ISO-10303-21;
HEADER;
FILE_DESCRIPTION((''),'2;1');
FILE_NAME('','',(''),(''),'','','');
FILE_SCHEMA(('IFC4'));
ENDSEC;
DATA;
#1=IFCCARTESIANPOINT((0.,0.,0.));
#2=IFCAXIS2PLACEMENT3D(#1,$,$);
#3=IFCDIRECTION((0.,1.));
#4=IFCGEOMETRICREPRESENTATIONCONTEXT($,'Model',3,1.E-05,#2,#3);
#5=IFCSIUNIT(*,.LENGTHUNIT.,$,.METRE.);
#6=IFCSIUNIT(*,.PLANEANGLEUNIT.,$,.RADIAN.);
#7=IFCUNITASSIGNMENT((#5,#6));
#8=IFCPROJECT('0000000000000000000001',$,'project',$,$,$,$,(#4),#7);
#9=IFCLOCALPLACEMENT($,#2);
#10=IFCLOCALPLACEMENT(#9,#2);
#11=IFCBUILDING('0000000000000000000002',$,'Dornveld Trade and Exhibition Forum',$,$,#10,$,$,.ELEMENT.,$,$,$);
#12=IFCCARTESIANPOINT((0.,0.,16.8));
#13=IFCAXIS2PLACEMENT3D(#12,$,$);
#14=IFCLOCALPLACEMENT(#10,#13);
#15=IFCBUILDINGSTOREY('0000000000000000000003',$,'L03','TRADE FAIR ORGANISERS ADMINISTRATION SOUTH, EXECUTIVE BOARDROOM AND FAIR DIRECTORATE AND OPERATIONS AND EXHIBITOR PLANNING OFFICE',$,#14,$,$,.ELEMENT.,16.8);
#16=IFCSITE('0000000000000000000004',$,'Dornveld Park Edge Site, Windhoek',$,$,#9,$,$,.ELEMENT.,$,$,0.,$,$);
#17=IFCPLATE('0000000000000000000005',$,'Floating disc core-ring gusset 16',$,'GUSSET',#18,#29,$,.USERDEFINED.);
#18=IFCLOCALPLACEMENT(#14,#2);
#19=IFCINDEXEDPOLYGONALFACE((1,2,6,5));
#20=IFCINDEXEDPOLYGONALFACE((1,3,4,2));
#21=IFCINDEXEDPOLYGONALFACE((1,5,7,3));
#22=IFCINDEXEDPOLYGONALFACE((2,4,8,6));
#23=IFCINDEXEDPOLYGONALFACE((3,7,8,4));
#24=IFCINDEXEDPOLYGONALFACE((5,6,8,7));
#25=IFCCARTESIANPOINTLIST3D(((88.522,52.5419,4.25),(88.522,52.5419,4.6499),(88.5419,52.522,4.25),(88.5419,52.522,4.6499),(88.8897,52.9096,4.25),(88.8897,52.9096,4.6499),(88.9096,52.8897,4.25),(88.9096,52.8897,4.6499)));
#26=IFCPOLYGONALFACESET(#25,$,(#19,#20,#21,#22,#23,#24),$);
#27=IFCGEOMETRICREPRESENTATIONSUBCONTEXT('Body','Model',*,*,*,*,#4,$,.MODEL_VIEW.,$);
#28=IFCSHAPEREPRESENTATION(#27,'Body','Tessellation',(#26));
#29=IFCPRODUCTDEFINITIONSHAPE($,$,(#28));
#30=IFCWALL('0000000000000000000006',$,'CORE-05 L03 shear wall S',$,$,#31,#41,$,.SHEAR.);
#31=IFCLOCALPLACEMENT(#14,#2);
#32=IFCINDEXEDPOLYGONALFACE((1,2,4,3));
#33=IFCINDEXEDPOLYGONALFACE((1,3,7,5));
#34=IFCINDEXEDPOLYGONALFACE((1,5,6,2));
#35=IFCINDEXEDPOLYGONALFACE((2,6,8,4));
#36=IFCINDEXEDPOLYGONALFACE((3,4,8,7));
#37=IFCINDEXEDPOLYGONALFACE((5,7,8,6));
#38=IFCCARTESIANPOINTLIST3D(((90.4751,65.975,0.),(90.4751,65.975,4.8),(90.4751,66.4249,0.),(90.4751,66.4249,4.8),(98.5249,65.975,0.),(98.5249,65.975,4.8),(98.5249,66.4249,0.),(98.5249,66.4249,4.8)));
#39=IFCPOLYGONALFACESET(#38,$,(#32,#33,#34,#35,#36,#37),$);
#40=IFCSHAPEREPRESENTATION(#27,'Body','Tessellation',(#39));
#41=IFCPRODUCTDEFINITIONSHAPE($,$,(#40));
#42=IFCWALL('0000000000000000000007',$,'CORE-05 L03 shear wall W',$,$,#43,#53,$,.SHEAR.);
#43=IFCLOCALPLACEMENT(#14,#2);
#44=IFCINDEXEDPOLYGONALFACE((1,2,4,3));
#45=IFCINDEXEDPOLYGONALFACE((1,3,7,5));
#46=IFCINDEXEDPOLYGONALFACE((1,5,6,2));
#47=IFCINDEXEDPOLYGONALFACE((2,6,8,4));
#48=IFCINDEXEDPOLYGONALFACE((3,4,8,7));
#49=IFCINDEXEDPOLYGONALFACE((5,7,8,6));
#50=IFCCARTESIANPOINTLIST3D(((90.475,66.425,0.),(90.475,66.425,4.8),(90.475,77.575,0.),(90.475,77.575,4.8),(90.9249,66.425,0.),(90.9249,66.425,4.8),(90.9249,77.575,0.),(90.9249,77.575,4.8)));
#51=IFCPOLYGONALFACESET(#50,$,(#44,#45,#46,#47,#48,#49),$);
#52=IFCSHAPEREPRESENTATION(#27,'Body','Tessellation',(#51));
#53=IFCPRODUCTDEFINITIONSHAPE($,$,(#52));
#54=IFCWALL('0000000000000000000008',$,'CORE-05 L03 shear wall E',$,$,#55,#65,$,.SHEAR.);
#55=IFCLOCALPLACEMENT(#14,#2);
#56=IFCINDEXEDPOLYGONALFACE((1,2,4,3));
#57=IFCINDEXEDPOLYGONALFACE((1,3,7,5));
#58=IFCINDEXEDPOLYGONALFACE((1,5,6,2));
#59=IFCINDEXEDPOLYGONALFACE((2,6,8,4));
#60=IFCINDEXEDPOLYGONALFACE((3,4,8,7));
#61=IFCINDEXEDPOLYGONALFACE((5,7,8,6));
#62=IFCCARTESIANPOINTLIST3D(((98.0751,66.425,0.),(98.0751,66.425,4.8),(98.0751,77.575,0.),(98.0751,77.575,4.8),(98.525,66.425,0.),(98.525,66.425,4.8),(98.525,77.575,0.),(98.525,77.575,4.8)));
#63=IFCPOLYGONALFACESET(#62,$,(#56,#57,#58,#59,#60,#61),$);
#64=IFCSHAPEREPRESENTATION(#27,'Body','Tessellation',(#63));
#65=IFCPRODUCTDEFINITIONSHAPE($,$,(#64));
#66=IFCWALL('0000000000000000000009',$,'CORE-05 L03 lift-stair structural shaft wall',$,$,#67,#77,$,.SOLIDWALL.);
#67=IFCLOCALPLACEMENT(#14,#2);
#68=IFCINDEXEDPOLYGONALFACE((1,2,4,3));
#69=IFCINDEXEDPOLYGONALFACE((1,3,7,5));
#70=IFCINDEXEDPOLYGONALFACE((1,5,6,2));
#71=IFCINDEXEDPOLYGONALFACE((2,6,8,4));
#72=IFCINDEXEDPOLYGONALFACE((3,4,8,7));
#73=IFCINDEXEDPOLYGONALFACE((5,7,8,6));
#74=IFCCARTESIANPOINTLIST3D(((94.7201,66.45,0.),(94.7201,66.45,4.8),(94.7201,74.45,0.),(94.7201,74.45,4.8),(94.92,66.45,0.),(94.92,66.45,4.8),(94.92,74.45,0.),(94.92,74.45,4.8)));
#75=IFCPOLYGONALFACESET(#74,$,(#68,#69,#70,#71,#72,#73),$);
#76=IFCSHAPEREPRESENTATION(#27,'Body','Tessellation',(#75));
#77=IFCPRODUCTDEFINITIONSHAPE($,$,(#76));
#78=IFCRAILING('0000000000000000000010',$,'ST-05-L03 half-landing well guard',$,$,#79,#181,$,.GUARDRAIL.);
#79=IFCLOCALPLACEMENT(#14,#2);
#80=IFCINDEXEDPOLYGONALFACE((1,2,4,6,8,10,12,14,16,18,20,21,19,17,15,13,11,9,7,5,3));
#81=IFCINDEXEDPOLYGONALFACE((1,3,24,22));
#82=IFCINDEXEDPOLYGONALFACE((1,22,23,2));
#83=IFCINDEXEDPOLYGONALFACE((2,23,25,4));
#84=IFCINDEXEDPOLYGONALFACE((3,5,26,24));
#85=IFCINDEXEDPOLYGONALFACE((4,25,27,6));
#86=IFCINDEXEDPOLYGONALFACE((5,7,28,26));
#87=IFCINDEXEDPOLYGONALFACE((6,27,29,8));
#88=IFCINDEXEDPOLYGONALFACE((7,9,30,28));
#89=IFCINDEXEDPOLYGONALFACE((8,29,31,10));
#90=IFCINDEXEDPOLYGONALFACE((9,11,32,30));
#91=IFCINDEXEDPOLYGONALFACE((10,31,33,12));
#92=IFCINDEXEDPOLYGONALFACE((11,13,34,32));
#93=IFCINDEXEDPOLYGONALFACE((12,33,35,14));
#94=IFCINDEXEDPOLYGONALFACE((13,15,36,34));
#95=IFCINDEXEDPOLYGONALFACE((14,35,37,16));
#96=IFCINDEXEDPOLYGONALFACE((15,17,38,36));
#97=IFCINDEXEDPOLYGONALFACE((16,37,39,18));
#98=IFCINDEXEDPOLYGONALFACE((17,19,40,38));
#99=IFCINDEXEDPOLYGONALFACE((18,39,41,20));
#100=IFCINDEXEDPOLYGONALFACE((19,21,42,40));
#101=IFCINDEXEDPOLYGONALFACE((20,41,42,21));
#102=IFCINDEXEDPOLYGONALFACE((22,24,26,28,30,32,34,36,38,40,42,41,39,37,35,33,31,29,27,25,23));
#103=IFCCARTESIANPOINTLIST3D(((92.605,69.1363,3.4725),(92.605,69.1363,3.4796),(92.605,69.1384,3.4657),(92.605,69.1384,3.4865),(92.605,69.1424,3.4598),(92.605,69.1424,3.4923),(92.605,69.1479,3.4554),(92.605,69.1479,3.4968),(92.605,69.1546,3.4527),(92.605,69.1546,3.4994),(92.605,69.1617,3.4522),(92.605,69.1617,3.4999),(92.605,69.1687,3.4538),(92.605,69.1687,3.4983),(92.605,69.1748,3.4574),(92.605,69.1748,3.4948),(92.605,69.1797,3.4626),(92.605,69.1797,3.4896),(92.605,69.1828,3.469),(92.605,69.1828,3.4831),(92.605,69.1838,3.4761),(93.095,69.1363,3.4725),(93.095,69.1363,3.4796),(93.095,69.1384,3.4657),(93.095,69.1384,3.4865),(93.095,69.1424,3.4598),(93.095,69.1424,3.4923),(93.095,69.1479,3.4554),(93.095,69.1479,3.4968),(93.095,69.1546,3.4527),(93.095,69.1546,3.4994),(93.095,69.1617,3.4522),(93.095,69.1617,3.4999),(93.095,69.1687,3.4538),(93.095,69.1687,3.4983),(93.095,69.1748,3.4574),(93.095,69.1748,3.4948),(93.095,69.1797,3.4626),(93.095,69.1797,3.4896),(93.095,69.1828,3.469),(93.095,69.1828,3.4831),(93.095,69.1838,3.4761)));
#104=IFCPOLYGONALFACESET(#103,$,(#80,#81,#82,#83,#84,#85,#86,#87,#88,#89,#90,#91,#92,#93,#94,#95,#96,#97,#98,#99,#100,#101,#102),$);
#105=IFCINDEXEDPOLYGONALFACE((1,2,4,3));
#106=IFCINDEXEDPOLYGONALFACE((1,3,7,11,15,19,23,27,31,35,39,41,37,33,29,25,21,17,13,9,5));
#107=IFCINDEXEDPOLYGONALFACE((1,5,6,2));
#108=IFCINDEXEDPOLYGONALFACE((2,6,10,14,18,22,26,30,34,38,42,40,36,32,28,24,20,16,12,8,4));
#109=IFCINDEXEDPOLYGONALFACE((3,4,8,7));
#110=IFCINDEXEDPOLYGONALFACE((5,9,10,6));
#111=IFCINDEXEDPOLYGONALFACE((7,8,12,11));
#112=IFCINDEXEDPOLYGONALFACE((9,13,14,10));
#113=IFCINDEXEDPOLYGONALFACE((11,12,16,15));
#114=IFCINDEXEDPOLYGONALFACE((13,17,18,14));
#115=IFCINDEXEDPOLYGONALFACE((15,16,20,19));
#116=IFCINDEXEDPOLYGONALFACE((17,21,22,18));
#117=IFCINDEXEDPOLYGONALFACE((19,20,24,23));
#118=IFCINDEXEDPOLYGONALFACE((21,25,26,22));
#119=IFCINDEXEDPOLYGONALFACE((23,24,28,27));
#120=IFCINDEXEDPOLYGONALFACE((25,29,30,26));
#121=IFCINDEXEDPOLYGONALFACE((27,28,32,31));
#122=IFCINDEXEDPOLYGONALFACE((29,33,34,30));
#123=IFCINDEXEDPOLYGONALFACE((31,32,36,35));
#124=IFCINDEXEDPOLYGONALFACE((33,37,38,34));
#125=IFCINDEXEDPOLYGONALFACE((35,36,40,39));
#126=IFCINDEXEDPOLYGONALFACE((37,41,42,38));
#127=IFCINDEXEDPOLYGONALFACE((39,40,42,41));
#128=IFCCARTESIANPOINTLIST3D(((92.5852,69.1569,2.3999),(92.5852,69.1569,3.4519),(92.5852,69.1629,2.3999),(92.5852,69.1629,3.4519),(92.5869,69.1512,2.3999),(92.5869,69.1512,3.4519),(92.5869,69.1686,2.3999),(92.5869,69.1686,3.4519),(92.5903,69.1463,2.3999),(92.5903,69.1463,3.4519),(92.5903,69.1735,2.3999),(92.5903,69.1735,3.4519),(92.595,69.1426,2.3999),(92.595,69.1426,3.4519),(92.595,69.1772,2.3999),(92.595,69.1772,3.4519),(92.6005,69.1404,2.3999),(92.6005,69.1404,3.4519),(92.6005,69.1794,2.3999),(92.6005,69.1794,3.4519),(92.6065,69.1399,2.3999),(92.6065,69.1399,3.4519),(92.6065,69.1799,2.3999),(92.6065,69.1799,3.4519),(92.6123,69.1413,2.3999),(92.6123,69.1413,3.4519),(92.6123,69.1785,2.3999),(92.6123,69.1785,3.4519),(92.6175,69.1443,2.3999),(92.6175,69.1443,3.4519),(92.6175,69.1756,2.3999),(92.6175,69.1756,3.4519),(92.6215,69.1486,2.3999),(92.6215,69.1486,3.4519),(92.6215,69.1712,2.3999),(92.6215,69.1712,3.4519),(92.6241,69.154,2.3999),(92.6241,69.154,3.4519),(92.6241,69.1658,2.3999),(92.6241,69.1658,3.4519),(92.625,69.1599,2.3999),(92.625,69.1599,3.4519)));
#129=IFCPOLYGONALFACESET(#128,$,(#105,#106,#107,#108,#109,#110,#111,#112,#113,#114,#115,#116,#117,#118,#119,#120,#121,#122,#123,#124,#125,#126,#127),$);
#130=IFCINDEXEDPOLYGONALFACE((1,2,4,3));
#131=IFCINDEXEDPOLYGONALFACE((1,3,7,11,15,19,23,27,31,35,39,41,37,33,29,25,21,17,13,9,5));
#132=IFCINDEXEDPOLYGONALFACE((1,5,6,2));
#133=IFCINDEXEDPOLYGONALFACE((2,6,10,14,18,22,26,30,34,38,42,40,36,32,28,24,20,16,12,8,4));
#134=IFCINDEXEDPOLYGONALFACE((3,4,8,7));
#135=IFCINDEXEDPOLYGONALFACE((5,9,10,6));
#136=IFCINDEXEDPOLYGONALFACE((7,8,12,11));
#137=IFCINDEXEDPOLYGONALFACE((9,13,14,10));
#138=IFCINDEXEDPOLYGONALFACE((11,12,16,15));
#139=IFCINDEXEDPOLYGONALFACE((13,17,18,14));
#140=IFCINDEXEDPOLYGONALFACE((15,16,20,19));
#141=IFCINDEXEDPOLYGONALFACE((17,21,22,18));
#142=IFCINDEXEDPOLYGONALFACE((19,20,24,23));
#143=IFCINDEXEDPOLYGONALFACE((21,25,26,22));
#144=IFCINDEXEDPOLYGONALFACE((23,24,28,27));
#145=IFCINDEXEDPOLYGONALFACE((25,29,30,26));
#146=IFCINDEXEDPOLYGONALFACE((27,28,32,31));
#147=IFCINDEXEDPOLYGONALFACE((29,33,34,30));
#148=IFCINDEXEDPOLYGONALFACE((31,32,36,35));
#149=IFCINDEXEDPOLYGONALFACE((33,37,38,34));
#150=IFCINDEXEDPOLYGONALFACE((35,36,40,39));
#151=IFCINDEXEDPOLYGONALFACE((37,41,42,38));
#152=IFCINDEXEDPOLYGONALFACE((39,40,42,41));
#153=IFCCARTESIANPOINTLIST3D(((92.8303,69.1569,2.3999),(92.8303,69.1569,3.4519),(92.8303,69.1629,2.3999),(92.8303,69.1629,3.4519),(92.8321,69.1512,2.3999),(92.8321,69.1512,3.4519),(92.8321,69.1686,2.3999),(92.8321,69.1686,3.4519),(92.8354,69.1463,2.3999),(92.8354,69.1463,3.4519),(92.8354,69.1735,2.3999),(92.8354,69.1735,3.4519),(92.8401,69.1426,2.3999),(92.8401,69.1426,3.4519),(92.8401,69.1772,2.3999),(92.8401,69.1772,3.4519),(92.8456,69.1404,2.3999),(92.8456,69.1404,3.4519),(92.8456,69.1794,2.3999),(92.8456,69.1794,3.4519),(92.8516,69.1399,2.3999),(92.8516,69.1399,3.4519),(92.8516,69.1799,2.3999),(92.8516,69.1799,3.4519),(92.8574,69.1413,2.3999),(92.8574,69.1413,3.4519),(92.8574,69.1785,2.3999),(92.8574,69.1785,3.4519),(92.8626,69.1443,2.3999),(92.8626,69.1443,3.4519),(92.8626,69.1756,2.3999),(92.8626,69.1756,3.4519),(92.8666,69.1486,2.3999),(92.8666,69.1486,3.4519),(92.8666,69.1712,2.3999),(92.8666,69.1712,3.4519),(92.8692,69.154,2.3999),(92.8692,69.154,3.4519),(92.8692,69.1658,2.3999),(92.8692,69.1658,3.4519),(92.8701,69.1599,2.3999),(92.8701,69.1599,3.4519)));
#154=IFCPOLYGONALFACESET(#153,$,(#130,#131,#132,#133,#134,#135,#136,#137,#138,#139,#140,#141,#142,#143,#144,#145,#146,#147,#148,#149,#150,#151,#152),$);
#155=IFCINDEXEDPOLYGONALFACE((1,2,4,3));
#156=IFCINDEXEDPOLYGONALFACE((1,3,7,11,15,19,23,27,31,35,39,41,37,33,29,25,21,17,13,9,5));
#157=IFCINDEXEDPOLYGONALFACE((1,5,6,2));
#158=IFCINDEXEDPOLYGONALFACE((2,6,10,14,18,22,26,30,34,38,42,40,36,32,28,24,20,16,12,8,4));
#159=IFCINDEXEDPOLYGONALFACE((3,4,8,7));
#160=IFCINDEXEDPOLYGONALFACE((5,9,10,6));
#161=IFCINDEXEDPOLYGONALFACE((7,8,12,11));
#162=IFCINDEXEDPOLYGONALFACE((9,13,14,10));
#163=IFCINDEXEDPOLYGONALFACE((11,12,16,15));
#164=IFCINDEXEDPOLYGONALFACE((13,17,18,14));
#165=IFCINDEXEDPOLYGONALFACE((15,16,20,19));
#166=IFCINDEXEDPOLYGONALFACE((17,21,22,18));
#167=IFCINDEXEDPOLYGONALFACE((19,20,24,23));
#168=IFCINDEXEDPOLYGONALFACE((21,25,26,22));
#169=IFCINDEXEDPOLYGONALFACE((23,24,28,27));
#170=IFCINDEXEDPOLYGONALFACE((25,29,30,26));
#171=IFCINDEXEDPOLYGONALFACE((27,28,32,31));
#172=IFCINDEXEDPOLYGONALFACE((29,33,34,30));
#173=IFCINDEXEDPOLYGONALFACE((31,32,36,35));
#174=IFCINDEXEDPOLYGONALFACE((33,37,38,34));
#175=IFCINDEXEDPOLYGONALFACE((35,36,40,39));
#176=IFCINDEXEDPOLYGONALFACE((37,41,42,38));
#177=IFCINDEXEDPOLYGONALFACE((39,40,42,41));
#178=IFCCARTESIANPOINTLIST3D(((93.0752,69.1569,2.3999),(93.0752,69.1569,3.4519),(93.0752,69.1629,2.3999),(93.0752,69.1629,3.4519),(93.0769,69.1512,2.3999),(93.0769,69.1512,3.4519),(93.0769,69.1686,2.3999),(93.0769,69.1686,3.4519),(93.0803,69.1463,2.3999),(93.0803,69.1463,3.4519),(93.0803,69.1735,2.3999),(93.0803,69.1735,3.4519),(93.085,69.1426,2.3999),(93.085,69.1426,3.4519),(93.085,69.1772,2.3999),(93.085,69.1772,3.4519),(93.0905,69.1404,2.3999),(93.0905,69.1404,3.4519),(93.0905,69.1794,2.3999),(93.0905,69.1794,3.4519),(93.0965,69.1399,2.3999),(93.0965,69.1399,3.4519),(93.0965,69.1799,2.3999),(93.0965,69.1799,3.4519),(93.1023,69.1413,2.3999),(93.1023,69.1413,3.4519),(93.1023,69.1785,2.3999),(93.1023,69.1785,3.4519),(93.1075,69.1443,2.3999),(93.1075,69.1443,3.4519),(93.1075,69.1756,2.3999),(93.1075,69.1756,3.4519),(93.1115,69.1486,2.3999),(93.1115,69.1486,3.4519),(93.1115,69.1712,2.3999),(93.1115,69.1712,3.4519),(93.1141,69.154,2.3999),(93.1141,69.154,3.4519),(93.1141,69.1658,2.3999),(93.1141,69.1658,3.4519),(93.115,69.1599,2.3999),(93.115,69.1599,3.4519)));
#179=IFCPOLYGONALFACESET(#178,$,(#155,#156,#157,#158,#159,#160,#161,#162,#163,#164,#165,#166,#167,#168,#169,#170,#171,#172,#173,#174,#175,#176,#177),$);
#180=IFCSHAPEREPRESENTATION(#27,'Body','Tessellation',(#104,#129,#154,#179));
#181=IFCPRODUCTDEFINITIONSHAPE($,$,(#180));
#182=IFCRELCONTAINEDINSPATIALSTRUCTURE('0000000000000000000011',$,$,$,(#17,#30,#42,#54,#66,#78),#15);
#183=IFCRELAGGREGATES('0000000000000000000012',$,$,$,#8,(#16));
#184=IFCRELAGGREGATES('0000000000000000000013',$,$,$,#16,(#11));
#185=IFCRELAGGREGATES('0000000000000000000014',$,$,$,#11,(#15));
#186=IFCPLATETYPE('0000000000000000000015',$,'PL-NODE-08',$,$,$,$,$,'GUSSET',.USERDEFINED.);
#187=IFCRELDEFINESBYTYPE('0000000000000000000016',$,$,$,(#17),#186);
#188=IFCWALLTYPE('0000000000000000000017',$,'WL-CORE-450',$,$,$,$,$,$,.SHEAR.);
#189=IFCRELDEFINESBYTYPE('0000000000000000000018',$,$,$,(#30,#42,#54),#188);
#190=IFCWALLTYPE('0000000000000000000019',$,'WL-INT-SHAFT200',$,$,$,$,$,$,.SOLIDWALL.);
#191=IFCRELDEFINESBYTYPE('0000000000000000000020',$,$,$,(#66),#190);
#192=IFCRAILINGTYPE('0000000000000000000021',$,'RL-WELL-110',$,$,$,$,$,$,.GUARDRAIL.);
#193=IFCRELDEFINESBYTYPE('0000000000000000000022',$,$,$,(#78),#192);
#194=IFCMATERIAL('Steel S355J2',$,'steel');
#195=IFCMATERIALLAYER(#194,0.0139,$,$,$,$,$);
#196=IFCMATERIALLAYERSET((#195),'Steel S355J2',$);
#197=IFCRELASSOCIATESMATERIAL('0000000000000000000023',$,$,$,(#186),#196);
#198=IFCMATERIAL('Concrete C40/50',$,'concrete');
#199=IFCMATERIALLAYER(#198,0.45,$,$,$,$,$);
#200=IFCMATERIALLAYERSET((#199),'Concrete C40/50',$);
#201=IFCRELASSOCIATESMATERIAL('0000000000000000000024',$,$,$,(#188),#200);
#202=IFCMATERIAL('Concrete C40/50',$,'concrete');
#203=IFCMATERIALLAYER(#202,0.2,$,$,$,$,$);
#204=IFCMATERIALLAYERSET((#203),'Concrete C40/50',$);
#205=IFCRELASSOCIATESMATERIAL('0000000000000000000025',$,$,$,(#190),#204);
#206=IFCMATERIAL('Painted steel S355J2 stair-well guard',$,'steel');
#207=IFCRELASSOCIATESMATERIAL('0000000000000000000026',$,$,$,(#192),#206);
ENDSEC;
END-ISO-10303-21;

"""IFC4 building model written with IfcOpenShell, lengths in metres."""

from ifc_helpers import new_model, si_unit, direction, frame, frame_2d, origin, origin_2d, place, context, subcontext, project, spatial, rectangle, circle, extrude, material, layer, layer_set, type_object, element, save


model = new_model("IFC4")

# Units and contexts
model_context = context("Model", 3, precision=1e-05, world=origin(), true_north=direction((0.0, 1.0)))
body_context = subcontext(model_context, "Body", "Model", "MODEL_VIEW")
ifc_project = project(units=[si_unit("LENGTHUNIT", "METRE"), si_unit("PLANEANGLEUNIT", "RADIAN")], contexts=[model_context])

# Site, building, storey
site_placement = place(None, origin())
site = spatial("IfcSite", under=ifc_project, at=site_placement, Name="Dornveld Park Edge Site, Windhoek", CompositionType="ELEMENT", RefElevation=0.0)
building_placement = place(site_placement, origin())
building = spatial("IfcBuilding", under=site, at=building_placement, Name="Dornveld Trade and Exhibition Forum", CompositionType="ELEMENT")
storey_placement = place(building_placement, frame((0.0, 0.0, 16.8)))
storey = spatial("IfcBuildingStorey", under=building, at=storey_placement, Name="L03", Description="TRADE FAIR ORGANISERS ADMINISTRATION SOUTH, EXECUTIVE BOARDROOM AND FAIR DIRECTORATE AND OPERATIONS AND EXHIBITOR PLANNING OFFICE", CompositionType="ELEMENT", Elevation=16.8)

# Plate
ifc_material_1 = material(Name="Steel S355J2", Category="steel")
ifc_layer_1 = layer(ifc_material_1, 0.0139)
ifc_layer_set_1 = layer_set([ifc_layer_1], Name="Steel S355J2")
plate_type = type_object("IfcPlateType", Name="PL-NODE-08", ElementType="GUSSET", PredefinedType="USERDEFINED", material=ifc_layer_set_1)
plate_placement = place(storey_placement, frame((88.7158, 52.7158, 4.25), z_axis=(0.0, 0.0, 1.0), x_axis=(-0.707107, -0.707107, 0.0)))
element("IfcPlate", 1, at=plate_placement, inside=storey, type_object=plate_type, Name="Floating disc core-ring gusset 16", ObjectType="GUSSET", PredefinedType="USERDEFINED", context=body_context, shape_type="SweptSolid", body=[
    extrude(rectangle(XDim=0.52, YDim=0.0281, at=origin_2d()), origin(), (0.0, 0.0, 1.0), 0.3999),
])

# Walls
ifc_material_2 = material(Name="Concrete C40/50", Category="concrete")
ifc_layer_2 = layer(ifc_material_2, 0.45)
ifc_layer_set_2 = layer_set([ifc_layer_2], Name="Concrete C40/50")
wall_type_1 = type_object("IfcWallType", Name="WL-CORE-450", PredefinedType="SHEAR", material=ifc_layer_set_2)
wall_1_placement = place(storey_placement, frame((90.4751, 66.2, 0.0), z_axis=(0.0, 0.0, 1.0), x_axis=(1.0, 0.0, 0.0)))
element("IfcWall", 2, at=wall_1_placement, inside=storey, type_object=wall_type_1, Name="CORE-05 L03 shear wall S", PredefinedType="SHEAR", context=body_context, shape_type="SweptSolid", body=[
    extrude(rectangle(XDim=8.0498, YDim=0.45, at=frame_2d((4.0249, 0.0))), origin(), (0.0, 0.0, 1.0), 4.8),
])
for number, where, z_axis, x_axis, name in (
    (3, (90.7, 66.425, 0.0), (0.0, 0.0, 1.0), (0.0, 1.0, 0.0), "CORE-05 L03 shear wall W"),
    (4, (98.3, 66.425, 0.0), (0.0, 0.0, 1.0), (0.0, 1.0, 0.0), "CORE-05 L03 shear wall E"),
):
    element("IfcWall", number, at=place(storey_placement, frame(where, z_axis=z_axis, x_axis=x_axis)), inside=storey, type_object=wall_type_1, Name=name, PredefinedType="SHEAR", context=body_context, shape_type="SweptSolid", body=[
        extrude(rectangle(XDim=11.1499, YDim=0.45, at=frame_2d((5.575, 0.0))), origin(), (0.0, 0.0, 1.0), 4.8),
    ])
ifc_material_3 = material(Name="Concrete C40/50", Category="concrete")
ifc_layer_3 = layer(ifc_material_3, 0.2)
ifc_layer_set_3 = layer_set([ifc_layer_3], Name="Concrete C40/50")
wall_type_2 = type_object("IfcWallType", Name="WL-INT-SHAFT200", PredefinedType="SOLIDWALL", material=ifc_layer_set_3)
wall_2_placement = place(storey_placement, frame((94.8201, 66.45, 0.0), z_axis=(0.0, 0.0, 1.0), x_axis=(0.0, 1.0, 0.0)))
element("IfcWall", 5, at=wall_2_placement, inside=storey, type_object=wall_type_2, Name="CORE-05 L03 lift-stair structural shaft wall", PredefinedType="SOLIDWALL", context=body_context, shape_type="SweptSolid", body=[
    extrude(rectangle(XDim=8.0, YDim=0.2, at=frame_2d((4.0, 0.0))), origin(), (0.0, 0.0, 1.0), 4.8),
])

# Railing
ifc_material_4 = material(Name="Painted steel S355J2 stair-well guard", Category="steel")
railing_type = type_object("IfcRailingType", Name="RL-WELL-110", PredefinedType="GUARDRAIL", material=ifc_material_4)
railing_placement = place(storey_placement, frame((92.605, 69.1599, 2.3999)))
element("IfcRailing", 6, at=railing_placement, inside=storey, type_object=railing_type, Name="ST-05-L03 half-landing well guard", PredefinedType="GUARDRAIL", context=body_context, shape_type="SweptSolid", body=[
    extrude(circle(Radius=0.0239, at=origin_2d()), frame((0.0, 0.0, 1.0762), z_axis=(1.0, 0.0, 0.0), x_axis=(0.0, 1.0, 0.0)), (0.0, 0.0, 1.0), 0.49),
    extrude(circle(Radius=0.02, at=origin_2d()), origin(), (0.0, 0.0, 1.0), 1.052),
    extrude(circle(Radius=0.02, at=origin_2d()), frame((0.2451, 0.0, 0.0)), (0.0, 0.0, 1.0), 1.052),
    extrude(circle(Radius=0.02, at=origin_2d()), frame((0.49, 0.0, 0.0)), (0.0, 0.0, 1.0), 1.052),
])

save(model, "model.ifc")
